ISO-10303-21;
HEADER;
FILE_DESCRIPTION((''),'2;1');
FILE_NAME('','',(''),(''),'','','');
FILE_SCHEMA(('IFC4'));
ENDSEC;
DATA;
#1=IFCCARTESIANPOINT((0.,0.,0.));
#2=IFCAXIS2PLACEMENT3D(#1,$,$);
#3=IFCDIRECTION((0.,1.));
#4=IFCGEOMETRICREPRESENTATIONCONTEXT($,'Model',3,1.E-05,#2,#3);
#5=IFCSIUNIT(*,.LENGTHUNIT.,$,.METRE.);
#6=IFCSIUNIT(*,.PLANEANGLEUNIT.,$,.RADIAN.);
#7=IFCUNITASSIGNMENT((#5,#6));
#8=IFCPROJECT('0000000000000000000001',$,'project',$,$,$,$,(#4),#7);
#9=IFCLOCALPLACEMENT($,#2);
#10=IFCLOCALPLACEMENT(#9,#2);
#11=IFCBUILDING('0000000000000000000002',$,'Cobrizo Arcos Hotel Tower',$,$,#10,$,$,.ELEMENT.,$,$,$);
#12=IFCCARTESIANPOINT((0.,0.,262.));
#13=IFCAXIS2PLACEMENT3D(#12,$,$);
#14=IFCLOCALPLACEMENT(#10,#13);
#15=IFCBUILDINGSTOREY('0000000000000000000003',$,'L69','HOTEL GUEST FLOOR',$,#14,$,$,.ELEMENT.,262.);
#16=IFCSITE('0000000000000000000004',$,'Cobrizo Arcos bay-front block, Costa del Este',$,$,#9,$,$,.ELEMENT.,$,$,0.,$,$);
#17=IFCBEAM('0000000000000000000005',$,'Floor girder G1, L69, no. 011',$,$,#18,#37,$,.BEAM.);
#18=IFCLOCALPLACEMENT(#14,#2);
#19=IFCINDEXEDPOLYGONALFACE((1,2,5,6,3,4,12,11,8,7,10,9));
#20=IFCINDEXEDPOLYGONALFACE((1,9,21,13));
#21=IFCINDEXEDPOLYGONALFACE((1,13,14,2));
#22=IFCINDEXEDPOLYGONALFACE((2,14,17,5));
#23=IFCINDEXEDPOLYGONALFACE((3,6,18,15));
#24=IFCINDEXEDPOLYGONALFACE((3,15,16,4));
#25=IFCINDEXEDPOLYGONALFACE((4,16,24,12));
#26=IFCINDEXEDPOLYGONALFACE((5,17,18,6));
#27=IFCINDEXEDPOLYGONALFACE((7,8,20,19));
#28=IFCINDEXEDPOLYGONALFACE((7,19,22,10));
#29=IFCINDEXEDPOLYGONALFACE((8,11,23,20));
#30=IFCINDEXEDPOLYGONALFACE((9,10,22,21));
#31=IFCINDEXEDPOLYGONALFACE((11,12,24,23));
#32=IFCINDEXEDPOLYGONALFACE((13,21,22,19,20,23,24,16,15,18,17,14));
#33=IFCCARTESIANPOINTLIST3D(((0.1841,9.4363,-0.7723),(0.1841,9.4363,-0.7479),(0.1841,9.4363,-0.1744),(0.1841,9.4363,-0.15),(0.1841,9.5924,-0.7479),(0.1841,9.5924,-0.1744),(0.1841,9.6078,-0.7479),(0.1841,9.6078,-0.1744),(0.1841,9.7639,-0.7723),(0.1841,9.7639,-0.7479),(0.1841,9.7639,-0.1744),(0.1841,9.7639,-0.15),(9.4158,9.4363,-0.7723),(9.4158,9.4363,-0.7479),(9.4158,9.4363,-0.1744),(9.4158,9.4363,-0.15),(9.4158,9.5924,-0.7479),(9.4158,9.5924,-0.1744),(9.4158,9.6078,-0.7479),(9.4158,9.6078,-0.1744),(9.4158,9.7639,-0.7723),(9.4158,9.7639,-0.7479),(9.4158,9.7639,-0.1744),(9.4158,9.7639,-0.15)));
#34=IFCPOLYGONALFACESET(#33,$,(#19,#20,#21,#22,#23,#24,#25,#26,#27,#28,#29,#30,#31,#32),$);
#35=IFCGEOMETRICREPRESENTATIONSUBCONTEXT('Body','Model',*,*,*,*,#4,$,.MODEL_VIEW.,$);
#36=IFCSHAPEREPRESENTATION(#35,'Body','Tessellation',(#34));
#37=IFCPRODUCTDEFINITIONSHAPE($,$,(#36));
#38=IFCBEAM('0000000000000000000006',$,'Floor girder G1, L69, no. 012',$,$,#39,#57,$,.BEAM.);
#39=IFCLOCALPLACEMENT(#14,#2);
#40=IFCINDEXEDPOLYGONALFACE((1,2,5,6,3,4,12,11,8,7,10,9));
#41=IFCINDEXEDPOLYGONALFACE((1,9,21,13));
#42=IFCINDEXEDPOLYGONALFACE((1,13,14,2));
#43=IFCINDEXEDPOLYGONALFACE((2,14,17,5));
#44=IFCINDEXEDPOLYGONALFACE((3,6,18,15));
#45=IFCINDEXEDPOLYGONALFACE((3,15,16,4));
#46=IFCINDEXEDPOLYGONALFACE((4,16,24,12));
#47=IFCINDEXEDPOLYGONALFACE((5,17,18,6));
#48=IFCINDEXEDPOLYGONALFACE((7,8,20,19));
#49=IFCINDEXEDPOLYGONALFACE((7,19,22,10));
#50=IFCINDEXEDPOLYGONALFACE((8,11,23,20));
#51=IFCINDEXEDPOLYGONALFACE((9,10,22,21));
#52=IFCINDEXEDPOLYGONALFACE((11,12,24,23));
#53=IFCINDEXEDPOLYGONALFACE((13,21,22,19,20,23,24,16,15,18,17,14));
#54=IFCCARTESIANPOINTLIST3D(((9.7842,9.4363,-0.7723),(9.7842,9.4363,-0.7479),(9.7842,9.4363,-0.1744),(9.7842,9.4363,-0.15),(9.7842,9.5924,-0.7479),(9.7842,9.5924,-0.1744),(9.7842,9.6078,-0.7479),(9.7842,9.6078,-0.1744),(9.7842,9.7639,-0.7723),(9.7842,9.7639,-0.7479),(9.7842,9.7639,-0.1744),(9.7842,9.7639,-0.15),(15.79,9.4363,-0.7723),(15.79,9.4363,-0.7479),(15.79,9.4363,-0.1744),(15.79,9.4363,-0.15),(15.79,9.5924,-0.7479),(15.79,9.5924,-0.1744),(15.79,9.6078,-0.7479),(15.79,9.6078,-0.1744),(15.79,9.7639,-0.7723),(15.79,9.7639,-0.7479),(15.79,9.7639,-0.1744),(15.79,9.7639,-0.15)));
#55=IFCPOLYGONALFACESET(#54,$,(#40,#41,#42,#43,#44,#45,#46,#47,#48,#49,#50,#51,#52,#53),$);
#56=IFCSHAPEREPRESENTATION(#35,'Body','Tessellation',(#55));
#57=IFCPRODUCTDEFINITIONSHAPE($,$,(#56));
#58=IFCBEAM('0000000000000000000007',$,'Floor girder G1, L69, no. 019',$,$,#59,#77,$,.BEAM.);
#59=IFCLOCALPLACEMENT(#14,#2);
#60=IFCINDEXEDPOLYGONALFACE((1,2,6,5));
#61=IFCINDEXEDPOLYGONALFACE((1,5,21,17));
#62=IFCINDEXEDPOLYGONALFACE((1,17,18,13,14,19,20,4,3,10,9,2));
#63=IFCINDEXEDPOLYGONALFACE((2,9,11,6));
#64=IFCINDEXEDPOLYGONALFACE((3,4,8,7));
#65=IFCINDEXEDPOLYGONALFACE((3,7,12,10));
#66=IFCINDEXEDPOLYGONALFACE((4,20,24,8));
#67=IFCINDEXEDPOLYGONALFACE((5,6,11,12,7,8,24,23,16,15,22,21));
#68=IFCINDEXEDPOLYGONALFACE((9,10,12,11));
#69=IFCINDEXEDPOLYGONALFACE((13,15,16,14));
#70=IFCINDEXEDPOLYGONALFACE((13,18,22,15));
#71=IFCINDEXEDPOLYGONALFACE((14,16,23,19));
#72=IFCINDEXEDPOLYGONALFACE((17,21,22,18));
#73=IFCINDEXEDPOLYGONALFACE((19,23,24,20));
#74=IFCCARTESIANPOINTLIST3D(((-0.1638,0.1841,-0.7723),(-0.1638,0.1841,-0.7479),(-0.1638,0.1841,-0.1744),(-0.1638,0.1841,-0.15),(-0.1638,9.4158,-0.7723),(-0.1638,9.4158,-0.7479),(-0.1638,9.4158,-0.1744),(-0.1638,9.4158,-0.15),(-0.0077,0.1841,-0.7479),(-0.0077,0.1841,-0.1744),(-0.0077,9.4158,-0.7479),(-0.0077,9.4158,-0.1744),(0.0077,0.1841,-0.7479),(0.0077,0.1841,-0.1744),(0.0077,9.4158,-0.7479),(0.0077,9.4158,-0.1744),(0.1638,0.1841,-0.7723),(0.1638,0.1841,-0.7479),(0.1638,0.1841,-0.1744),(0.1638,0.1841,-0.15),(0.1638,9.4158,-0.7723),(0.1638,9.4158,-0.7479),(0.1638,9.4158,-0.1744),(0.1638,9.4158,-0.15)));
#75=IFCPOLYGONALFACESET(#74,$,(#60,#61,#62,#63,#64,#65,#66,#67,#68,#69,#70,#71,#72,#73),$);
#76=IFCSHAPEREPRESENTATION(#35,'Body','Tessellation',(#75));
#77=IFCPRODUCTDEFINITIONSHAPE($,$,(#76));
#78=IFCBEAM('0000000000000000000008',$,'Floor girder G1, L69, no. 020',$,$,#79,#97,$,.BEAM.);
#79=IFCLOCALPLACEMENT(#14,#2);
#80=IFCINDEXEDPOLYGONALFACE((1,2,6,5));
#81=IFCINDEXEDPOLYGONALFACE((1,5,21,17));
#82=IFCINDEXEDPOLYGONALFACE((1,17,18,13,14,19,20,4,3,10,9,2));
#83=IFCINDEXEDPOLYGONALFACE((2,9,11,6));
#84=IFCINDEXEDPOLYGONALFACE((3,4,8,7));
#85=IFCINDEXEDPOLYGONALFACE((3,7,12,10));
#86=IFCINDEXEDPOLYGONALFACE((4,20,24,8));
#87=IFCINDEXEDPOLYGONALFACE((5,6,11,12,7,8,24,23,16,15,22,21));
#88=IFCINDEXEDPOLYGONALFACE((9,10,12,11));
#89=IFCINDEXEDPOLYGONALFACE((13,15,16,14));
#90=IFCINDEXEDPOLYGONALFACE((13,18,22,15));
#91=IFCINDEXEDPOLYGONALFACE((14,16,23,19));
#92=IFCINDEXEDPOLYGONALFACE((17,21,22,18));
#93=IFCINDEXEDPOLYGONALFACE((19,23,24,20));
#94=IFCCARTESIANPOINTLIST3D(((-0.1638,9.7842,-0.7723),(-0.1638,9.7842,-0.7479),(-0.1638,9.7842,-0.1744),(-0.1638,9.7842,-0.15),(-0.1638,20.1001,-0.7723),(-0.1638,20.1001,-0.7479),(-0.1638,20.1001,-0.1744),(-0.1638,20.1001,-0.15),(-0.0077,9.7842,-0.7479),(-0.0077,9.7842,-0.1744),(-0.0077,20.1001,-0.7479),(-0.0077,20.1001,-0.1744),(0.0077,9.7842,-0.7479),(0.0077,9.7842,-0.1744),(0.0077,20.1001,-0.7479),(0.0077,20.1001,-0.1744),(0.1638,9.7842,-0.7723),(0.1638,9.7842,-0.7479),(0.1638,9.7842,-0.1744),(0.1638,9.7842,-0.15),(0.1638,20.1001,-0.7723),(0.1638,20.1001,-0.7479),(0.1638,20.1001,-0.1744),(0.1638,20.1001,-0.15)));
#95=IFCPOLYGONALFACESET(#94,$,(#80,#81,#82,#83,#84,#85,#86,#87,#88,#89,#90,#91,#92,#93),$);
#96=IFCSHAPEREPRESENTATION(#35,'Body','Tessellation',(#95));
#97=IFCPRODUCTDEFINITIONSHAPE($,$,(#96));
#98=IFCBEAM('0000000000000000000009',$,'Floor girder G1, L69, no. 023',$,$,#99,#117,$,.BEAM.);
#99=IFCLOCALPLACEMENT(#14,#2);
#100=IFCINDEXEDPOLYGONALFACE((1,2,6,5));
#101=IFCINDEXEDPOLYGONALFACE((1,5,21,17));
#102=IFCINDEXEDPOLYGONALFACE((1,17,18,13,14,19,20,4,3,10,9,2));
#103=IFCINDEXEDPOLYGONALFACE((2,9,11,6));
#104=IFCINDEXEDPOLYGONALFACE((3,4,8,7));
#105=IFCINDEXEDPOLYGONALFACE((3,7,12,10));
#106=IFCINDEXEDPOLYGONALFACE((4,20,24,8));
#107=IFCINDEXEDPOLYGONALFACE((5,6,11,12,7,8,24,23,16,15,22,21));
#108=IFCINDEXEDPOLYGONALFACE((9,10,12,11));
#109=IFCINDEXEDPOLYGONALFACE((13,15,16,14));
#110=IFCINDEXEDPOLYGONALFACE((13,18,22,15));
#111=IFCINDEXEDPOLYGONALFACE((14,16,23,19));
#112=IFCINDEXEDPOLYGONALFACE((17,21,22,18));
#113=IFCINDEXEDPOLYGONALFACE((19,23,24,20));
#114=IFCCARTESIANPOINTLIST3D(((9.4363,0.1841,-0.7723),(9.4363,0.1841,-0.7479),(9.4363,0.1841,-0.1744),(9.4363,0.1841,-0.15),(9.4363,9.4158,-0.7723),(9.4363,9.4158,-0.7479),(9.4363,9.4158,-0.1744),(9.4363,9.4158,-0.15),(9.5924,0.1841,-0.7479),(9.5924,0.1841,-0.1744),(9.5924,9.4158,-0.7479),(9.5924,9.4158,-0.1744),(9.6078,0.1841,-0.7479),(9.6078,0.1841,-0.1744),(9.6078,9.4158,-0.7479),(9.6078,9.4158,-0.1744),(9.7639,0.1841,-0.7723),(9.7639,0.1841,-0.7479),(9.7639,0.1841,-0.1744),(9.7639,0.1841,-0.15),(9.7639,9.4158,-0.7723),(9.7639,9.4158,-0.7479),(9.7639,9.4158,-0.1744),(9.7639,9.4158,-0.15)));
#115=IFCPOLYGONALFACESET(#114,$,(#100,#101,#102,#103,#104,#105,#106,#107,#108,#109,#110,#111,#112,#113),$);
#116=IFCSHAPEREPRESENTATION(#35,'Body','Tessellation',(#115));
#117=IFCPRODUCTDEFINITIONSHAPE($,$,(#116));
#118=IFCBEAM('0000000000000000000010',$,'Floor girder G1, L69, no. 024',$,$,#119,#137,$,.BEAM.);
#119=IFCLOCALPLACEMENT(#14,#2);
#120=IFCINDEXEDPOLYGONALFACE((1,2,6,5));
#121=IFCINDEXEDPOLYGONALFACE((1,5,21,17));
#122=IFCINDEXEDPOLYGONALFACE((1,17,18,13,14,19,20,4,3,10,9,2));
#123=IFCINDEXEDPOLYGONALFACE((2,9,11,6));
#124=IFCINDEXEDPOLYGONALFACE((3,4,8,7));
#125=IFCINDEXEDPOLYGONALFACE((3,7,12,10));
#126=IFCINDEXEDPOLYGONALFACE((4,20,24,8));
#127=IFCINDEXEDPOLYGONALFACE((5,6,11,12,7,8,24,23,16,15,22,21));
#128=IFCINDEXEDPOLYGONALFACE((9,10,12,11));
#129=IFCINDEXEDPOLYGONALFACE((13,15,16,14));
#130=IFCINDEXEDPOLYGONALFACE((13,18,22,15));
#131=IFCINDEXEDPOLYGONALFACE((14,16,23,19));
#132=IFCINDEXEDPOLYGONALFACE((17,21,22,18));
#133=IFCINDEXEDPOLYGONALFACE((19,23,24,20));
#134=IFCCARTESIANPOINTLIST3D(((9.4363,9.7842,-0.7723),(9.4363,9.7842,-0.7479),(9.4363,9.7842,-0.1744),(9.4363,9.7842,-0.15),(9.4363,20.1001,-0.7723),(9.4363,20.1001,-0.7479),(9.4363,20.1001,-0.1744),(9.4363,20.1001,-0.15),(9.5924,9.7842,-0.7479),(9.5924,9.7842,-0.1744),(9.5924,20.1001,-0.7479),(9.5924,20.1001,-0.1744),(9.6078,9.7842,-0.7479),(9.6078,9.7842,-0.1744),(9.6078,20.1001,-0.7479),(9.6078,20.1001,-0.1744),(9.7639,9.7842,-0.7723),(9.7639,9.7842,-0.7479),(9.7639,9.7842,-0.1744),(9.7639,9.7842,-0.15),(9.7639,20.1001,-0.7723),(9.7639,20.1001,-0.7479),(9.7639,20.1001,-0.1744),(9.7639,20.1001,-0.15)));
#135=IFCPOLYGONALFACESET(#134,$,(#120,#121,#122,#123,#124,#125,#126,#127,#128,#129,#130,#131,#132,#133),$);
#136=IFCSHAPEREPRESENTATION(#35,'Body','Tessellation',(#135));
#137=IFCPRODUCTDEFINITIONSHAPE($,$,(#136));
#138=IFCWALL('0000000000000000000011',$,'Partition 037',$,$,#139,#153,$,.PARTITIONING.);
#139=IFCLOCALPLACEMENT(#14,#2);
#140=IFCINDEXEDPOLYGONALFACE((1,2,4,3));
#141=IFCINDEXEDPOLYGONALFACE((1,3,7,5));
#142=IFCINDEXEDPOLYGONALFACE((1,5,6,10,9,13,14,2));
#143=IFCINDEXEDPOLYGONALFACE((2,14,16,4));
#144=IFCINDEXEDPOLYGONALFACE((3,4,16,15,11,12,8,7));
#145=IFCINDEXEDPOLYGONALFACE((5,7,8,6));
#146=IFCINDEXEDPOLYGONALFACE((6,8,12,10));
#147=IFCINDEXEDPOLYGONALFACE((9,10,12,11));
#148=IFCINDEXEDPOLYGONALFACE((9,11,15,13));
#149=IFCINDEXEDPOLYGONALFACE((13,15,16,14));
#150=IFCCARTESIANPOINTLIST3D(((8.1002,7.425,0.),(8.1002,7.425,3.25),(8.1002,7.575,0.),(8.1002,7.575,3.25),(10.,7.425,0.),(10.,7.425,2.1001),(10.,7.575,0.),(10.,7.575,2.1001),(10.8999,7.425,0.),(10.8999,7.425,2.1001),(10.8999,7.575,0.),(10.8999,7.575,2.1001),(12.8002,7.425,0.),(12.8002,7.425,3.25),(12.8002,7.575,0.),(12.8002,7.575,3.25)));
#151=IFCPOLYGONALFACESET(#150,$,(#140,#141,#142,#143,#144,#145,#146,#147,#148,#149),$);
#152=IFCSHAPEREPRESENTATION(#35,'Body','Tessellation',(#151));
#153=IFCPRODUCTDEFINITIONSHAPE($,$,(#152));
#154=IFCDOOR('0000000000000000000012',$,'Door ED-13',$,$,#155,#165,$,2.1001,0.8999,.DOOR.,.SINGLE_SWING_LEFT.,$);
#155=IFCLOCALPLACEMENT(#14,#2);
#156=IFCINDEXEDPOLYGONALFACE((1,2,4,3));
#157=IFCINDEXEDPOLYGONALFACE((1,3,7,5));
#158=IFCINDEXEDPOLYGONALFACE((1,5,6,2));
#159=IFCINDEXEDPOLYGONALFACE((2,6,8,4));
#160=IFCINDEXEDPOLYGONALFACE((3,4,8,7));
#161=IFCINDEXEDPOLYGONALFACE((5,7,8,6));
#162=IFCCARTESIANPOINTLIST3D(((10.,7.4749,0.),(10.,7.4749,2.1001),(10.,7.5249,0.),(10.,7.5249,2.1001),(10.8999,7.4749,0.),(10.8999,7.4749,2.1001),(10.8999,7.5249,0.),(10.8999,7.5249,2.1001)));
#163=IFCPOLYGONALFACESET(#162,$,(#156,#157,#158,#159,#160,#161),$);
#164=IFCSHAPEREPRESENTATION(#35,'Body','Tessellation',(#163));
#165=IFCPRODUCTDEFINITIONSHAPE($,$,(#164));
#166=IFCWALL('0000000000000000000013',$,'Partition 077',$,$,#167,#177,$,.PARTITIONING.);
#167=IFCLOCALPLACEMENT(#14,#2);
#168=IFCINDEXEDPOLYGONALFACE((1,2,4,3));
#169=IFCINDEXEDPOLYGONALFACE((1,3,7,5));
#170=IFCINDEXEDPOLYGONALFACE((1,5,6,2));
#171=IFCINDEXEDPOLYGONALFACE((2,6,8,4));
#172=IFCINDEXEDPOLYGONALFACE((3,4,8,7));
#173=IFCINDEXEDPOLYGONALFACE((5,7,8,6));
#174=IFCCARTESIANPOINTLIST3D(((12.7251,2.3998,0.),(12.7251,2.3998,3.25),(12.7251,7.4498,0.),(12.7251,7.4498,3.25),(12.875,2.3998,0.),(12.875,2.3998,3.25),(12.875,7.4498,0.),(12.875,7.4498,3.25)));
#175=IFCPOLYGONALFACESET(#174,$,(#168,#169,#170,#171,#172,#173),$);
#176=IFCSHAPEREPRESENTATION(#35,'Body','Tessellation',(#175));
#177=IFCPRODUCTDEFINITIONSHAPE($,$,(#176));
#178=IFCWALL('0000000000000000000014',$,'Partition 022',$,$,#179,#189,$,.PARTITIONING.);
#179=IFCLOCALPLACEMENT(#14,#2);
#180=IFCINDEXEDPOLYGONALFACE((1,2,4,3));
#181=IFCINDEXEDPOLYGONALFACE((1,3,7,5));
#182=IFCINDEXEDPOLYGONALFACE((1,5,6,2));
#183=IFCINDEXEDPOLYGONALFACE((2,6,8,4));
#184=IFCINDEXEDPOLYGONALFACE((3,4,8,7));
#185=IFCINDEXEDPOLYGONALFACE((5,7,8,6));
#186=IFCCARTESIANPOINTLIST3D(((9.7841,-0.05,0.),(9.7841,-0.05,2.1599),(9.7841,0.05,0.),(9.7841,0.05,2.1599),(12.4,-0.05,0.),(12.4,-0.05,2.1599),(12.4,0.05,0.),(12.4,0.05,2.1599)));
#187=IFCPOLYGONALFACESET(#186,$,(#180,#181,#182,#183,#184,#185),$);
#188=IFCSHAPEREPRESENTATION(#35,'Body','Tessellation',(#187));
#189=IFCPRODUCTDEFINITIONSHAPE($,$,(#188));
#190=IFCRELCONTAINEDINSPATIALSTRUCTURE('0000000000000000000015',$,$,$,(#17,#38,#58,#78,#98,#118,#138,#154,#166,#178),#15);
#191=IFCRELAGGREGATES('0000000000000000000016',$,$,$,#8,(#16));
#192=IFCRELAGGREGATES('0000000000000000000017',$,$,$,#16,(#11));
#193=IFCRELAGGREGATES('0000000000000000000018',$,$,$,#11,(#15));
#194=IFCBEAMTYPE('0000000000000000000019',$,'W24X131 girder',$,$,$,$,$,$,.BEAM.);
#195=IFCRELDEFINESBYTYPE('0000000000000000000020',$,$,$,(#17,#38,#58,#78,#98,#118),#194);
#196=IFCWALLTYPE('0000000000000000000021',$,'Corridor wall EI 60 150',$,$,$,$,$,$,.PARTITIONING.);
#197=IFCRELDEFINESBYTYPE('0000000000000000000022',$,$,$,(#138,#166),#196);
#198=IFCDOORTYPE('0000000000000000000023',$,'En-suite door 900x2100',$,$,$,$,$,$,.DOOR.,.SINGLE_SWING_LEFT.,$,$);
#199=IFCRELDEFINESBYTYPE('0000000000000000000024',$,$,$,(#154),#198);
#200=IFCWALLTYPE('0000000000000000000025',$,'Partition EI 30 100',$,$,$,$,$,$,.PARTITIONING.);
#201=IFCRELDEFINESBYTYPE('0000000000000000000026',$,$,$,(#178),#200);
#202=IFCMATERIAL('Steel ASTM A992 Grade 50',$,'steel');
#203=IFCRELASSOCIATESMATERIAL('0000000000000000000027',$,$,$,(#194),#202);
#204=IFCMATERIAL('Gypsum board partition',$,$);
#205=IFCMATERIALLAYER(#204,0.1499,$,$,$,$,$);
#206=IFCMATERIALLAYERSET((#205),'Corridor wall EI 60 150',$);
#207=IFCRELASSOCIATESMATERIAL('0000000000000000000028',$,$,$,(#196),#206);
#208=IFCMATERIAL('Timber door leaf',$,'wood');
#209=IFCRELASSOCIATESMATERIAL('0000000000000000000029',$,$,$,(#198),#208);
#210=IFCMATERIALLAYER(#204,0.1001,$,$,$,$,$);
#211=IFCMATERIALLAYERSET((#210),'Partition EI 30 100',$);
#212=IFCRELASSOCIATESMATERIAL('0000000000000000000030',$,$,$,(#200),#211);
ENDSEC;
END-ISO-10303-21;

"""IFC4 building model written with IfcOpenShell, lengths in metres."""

from ifc_helpers import new_model, si_unit, direction, frame, frame_2d, origin, origin_2d, place, context, subcontext, project, spatial, rectangle, i_section, extrude, material, layer, layer_set, material_profile, profile_set, type_object, element, fill, save


model = new_model("IFC4")

# Units and contexts
model_context = context("Model", 3, precision=1e-05, world=origin(), true_north=direction((0.0, 1.0)))
body_context = subcontext(model_context, "Body", "Model", "MODEL_VIEW")
ifc_project = project(units=[si_unit("LENGTHUNIT", "METRE"), si_unit("PLANEANGLEUNIT", "RADIAN")], contexts=[model_context])

# Site, building, storey
site_placement = place(None, origin())
site = spatial("IfcSite", under=ifc_project, at=site_placement, Name="Cobrizo Arcos bay-front block, Costa del Este", CompositionType="ELEMENT", RefElevation=0.0)
building_placement = place(site_placement, origin())
building = spatial("IfcBuilding", under=site, at=building_placement, Name="Cobrizo Arcos Hotel Tower", CompositionType="ELEMENT")
storey_placement = place(building_placement, frame((0.0, 0.0, 262.0)))
storey = spatial("IfcBuildingStorey", under=building, at=storey_placement, Name="L69", Description="HOTEL GUEST FLOOR", CompositionType="ELEMENT", Elevation=262.0)

# Shared definitions
ifc_material_1 = material(Name="Steel ASTM A992 Grade 50", Category="steel")

# Beams
ifc_material_profile_1 = material_profile(ifc_material_1, i_section(OverallWidth=0.3276, OverallDepth=0.6223, WebThickness=0.0154, FlangeThickness=0.0244, at=origin_2d()), Name="W24X131")
ifc_profile_set_1 = profile_set([ifc_material_profile_1], Name="Steel ASTM A992 Grade 50")
beam_type_1 = type_object("IfcBeamType", Name="W24X131 girder", PredefinedType="BEAM", material=ifc_profile_set_1)
beam_1_placement = place(storey_placement, frame((0.1841, 9.6001, -0.4612), z_axis=(1.0, 0.0, 0.0), x_axis=(0.0, 1.0, 0.0)))
element("IfcBeam", 1, at=beam_1_placement, inside=storey, type_object=beam_type_1, Name="Floor girder G1, L69, no. 011", PredefinedType="BEAM", context=body_context, shape_type="SweptSolid", body=[
    extrude(i_section(OverallWidth=0.3276, OverallDepth=0.6223, WebThickness=0.0154, FlangeThickness=0.0244, at=origin_2d()), origin(), (0.0, 0.0, 1.0), 9.2317),
])
beam_2_placement = place(storey_placement, frame((9.7842, 9.6001, -0.4612), z_axis=(1.0, 0.0, 0.0), x_axis=(0.0, 1.0, 0.0)))
element("IfcBeam", 2, at=beam_2_placement, inside=storey, type_object=beam_type_1, Name="Floor girder G1, L69, no. 012", PredefinedType="BEAM", context=body_context, shape_type="SweptSolid", body=[
    extrude(i_section(OverallWidth=0.3276, OverallDepth=0.6223, WebThickness=0.0154, FlangeThickness=0.0244, at=origin_2d()), origin(), (0.0, 0.0, 1.0), 6.0059),
])
beam_3_placement = place(storey_placement, frame((0.0, 0.1841, -0.4612), z_axis=(0.0, 1.0, 0.0), x_axis=(-1.0, 0.0, 0.0)))
element("IfcBeam", 3, at=beam_3_placement, inside=storey, type_object=beam_type_1, Name="Floor girder G1, L69, no. 019", PredefinedType="BEAM", context=body_context, shape_type="SweptSolid", body=[
    extrude(i_section(OverallWidth=0.3276, OverallDepth=0.6223, WebThickness=0.0154, FlangeThickness=0.0244, at=origin_2d()), origin(), (0.0, 0.0, 1.0), 9.2317),
])
beam_4_placement = place(storey_placement, frame((0.0, 9.7842, -0.4612), z_axis=(0.0, 1.0, 0.0), x_axis=(-1.0, 0.0, 0.0)))
element("IfcBeam", 4, at=beam_4_placement, inside=storey, type_object=beam_type_1, Name="Floor girder G1, L69, no. 020", PredefinedType="BEAM", context=body_context, shape_type="SweptSolid", body=[
    extrude(i_section(OverallWidth=0.3276, OverallDepth=0.6223, WebThickness=0.0154, FlangeThickness=0.0244, at=origin_2d()), origin(), (0.0, 0.0, 1.0), 10.3159),
])
beam_5_placement = place(storey_placement, frame((9.6001, 0.1841, -0.4612), z_axis=(0.0, 1.0, 0.0), x_axis=(-1.0, 0.0, 0.0)))
element("IfcBeam", 5, at=beam_5_placement, inside=storey, type_object=beam_type_1, Name="Floor girder G1, L69, no. 023", PredefinedType="BEAM", context=body_context, shape_type="SweptSolid", body=[
    extrude(i_section(OverallWidth=0.3276, OverallDepth=0.6223, WebThickness=0.0154, FlangeThickness=0.0244, at=origin_2d()), origin(), (0.0, 0.0, 1.0), 9.2317),
])
beam_6_placement = place(storey_placement, frame((9.6001, 9.7842, -0.4612), z_axis=(0.0, 1.0, 0.0), x_axis=(-1.0, 0.0, 0.0)))
element("IfcBeam", 6, at=beam_6_placement, inside=storey, type_object=beam_type_1, Name="Floor girder G1, L69, no. 024", PredefinedType="BEAM", context=body_context, shape_type="SweptSolid", body=[
    extrude(i_section(OverallWidth=0.3276, OverallDepth=0.6223, WebThickness=0.0154, FlangeThickness=0.0244, at=origin_2d()), origin(), (0.0, 0.0, 1.0), 10.3159),
])

# Wall, opening, door
ifc_material_2 = material(Name="Gypsum board partition")
ifc_layer_1 = layer(ifc_material_2, 0.1499)
ifc_layer_set_1 = layer_set([ifc_layer_1], Name="Corridor wall EI 60 150")
wall_type_1 = type_object("IfcWallType", Name="Corridor wall EI 60 150", PredefinedType="PARTITIONING", material=ifc_layer_set_1)
wall_1_placement = place(storey_placement, frame((8.1001, 7.5, 0.0), z_axis=(0.0, 0.0, 1.0), x_axis=(1.0, 0.0, 0.0)))
wall_1 = element("IfcWall", 7, at=wall_1_placement, inside=storey, type_object=wall_type_1, Name="Partition 037", PredefinedType="PARTITIONING", context=body_context, shape_type="SweptSolid", body=[
    extrude(rectangle(XDim=4.7, YDim=0.1499, at=frame_2d((2.3501, 0.0))), origin(), (0.0, 0.0, 1.0), 3.25),
])
opening_1_placement = place(wall_1_placement, frame((1.8999, 0.0, 0.0)))
opening_1 = element("IfcOpeningElement", 8, at=opening_1_placement, cuts=wall_1, PredefinedType="OPENING", context=body_context, shape_type="SweptSolid", body=[
    extrude(rectangle(XDim=0.8999, YDim=2.1001, at=frame_2d((0.45, 1.05))), frame((0.0, 0.0869, 0.0), z_axis=(0.0, -1.0, 0.0), x_axis=(1.0, 0.0, 0.0)), (0.0, 0.0, 1.0), 0.1738),
])
ifc_material_3 = material(Name="Timber door leaf", Category="wood")
door_type_1 = type_object("IfcDoorType", Name="En-suite door 900x2100", OperationType="SINGLE_SWING_LEFT", PredefinedType="DOOR", material=ifc_material_3)
door_1_placement = place(opening_1_placement, origin())
door_1 = element("IfcDoor", 9, at=door_1_placement, inside=storey, type_object=door_type_1, Name="Door ED-13", OperationType="SINGLE_SWING_LEFT", OverallHeight=2.1001, OverallWidth=0.8999, PredefinedType="DOOR", context=body_context, shape_type="SweptSolid", body=[
    extrude(rectangle(XDim=0.8999, YDim=2.1001, at=frame_2d((0.45, 1.05))), frame((0.0, 0.0249, 0.0), z_axis=(0.0, -1.0, 0.0), x_axis=(1.0, 0.0, 0.0)), (0.0, 0.0, 1.0), 0.05),
])
fill(opening_1, door_1)

# Walls
wall_2_placement = place(storey_placement, frame((12.8, 2.3999, 0.0), z_axis=(0.0, 0.0, 1.0), x_axis=(0.0, 1.0, 0.0)))
element("IfcWall", 10, at=wall_2_placement, inside=storey, type_object=wall_type_1, Name="Partition 077", PredefinedType="PARTITIONING", context=body_context, shape_type="SweptSolid", body=[
    extrude(rectangle(XDim=5.05, YDim=0.1499, at=frame_2d((2.5249, 0.0))), origin(), (0.0, 0.0, 1.0), 3.25),
])
ifc_layer_2 = layer(ifc_material_2, 0.1001)
ifc_layer_set_2 = layer_set([ifc_layer_2], Name="Partition EI 30 100")
wall_type_2 = type_object("IfcWallType", Name="Partition EI 30 100", PredefinedType="PARTITIONING", material=ifc_layer_set_2)
wall_3_placement = place(storey_placement, frame((9.7839, 0.0, 0.0), z_axis=(0.0, 0.0, 1.0), x_axis=(1.0, 0.0, 0.0)))
element("IfcWall", 11, at=wall_3_placement, inside=storey, type_object=wall_type_2, Name="Partition 022", PredefinedType="PARTITIONING", context=body_context, shape_type="SweptSolid", body=[
    extrude(rectangle(XDim=2.616, YDim=0.1001, at=frame_2d((1.3081, 0.0))), origin(), (0.0, 0.0, 1.0), 2.1599),
])

save(model, "model.ifc")
